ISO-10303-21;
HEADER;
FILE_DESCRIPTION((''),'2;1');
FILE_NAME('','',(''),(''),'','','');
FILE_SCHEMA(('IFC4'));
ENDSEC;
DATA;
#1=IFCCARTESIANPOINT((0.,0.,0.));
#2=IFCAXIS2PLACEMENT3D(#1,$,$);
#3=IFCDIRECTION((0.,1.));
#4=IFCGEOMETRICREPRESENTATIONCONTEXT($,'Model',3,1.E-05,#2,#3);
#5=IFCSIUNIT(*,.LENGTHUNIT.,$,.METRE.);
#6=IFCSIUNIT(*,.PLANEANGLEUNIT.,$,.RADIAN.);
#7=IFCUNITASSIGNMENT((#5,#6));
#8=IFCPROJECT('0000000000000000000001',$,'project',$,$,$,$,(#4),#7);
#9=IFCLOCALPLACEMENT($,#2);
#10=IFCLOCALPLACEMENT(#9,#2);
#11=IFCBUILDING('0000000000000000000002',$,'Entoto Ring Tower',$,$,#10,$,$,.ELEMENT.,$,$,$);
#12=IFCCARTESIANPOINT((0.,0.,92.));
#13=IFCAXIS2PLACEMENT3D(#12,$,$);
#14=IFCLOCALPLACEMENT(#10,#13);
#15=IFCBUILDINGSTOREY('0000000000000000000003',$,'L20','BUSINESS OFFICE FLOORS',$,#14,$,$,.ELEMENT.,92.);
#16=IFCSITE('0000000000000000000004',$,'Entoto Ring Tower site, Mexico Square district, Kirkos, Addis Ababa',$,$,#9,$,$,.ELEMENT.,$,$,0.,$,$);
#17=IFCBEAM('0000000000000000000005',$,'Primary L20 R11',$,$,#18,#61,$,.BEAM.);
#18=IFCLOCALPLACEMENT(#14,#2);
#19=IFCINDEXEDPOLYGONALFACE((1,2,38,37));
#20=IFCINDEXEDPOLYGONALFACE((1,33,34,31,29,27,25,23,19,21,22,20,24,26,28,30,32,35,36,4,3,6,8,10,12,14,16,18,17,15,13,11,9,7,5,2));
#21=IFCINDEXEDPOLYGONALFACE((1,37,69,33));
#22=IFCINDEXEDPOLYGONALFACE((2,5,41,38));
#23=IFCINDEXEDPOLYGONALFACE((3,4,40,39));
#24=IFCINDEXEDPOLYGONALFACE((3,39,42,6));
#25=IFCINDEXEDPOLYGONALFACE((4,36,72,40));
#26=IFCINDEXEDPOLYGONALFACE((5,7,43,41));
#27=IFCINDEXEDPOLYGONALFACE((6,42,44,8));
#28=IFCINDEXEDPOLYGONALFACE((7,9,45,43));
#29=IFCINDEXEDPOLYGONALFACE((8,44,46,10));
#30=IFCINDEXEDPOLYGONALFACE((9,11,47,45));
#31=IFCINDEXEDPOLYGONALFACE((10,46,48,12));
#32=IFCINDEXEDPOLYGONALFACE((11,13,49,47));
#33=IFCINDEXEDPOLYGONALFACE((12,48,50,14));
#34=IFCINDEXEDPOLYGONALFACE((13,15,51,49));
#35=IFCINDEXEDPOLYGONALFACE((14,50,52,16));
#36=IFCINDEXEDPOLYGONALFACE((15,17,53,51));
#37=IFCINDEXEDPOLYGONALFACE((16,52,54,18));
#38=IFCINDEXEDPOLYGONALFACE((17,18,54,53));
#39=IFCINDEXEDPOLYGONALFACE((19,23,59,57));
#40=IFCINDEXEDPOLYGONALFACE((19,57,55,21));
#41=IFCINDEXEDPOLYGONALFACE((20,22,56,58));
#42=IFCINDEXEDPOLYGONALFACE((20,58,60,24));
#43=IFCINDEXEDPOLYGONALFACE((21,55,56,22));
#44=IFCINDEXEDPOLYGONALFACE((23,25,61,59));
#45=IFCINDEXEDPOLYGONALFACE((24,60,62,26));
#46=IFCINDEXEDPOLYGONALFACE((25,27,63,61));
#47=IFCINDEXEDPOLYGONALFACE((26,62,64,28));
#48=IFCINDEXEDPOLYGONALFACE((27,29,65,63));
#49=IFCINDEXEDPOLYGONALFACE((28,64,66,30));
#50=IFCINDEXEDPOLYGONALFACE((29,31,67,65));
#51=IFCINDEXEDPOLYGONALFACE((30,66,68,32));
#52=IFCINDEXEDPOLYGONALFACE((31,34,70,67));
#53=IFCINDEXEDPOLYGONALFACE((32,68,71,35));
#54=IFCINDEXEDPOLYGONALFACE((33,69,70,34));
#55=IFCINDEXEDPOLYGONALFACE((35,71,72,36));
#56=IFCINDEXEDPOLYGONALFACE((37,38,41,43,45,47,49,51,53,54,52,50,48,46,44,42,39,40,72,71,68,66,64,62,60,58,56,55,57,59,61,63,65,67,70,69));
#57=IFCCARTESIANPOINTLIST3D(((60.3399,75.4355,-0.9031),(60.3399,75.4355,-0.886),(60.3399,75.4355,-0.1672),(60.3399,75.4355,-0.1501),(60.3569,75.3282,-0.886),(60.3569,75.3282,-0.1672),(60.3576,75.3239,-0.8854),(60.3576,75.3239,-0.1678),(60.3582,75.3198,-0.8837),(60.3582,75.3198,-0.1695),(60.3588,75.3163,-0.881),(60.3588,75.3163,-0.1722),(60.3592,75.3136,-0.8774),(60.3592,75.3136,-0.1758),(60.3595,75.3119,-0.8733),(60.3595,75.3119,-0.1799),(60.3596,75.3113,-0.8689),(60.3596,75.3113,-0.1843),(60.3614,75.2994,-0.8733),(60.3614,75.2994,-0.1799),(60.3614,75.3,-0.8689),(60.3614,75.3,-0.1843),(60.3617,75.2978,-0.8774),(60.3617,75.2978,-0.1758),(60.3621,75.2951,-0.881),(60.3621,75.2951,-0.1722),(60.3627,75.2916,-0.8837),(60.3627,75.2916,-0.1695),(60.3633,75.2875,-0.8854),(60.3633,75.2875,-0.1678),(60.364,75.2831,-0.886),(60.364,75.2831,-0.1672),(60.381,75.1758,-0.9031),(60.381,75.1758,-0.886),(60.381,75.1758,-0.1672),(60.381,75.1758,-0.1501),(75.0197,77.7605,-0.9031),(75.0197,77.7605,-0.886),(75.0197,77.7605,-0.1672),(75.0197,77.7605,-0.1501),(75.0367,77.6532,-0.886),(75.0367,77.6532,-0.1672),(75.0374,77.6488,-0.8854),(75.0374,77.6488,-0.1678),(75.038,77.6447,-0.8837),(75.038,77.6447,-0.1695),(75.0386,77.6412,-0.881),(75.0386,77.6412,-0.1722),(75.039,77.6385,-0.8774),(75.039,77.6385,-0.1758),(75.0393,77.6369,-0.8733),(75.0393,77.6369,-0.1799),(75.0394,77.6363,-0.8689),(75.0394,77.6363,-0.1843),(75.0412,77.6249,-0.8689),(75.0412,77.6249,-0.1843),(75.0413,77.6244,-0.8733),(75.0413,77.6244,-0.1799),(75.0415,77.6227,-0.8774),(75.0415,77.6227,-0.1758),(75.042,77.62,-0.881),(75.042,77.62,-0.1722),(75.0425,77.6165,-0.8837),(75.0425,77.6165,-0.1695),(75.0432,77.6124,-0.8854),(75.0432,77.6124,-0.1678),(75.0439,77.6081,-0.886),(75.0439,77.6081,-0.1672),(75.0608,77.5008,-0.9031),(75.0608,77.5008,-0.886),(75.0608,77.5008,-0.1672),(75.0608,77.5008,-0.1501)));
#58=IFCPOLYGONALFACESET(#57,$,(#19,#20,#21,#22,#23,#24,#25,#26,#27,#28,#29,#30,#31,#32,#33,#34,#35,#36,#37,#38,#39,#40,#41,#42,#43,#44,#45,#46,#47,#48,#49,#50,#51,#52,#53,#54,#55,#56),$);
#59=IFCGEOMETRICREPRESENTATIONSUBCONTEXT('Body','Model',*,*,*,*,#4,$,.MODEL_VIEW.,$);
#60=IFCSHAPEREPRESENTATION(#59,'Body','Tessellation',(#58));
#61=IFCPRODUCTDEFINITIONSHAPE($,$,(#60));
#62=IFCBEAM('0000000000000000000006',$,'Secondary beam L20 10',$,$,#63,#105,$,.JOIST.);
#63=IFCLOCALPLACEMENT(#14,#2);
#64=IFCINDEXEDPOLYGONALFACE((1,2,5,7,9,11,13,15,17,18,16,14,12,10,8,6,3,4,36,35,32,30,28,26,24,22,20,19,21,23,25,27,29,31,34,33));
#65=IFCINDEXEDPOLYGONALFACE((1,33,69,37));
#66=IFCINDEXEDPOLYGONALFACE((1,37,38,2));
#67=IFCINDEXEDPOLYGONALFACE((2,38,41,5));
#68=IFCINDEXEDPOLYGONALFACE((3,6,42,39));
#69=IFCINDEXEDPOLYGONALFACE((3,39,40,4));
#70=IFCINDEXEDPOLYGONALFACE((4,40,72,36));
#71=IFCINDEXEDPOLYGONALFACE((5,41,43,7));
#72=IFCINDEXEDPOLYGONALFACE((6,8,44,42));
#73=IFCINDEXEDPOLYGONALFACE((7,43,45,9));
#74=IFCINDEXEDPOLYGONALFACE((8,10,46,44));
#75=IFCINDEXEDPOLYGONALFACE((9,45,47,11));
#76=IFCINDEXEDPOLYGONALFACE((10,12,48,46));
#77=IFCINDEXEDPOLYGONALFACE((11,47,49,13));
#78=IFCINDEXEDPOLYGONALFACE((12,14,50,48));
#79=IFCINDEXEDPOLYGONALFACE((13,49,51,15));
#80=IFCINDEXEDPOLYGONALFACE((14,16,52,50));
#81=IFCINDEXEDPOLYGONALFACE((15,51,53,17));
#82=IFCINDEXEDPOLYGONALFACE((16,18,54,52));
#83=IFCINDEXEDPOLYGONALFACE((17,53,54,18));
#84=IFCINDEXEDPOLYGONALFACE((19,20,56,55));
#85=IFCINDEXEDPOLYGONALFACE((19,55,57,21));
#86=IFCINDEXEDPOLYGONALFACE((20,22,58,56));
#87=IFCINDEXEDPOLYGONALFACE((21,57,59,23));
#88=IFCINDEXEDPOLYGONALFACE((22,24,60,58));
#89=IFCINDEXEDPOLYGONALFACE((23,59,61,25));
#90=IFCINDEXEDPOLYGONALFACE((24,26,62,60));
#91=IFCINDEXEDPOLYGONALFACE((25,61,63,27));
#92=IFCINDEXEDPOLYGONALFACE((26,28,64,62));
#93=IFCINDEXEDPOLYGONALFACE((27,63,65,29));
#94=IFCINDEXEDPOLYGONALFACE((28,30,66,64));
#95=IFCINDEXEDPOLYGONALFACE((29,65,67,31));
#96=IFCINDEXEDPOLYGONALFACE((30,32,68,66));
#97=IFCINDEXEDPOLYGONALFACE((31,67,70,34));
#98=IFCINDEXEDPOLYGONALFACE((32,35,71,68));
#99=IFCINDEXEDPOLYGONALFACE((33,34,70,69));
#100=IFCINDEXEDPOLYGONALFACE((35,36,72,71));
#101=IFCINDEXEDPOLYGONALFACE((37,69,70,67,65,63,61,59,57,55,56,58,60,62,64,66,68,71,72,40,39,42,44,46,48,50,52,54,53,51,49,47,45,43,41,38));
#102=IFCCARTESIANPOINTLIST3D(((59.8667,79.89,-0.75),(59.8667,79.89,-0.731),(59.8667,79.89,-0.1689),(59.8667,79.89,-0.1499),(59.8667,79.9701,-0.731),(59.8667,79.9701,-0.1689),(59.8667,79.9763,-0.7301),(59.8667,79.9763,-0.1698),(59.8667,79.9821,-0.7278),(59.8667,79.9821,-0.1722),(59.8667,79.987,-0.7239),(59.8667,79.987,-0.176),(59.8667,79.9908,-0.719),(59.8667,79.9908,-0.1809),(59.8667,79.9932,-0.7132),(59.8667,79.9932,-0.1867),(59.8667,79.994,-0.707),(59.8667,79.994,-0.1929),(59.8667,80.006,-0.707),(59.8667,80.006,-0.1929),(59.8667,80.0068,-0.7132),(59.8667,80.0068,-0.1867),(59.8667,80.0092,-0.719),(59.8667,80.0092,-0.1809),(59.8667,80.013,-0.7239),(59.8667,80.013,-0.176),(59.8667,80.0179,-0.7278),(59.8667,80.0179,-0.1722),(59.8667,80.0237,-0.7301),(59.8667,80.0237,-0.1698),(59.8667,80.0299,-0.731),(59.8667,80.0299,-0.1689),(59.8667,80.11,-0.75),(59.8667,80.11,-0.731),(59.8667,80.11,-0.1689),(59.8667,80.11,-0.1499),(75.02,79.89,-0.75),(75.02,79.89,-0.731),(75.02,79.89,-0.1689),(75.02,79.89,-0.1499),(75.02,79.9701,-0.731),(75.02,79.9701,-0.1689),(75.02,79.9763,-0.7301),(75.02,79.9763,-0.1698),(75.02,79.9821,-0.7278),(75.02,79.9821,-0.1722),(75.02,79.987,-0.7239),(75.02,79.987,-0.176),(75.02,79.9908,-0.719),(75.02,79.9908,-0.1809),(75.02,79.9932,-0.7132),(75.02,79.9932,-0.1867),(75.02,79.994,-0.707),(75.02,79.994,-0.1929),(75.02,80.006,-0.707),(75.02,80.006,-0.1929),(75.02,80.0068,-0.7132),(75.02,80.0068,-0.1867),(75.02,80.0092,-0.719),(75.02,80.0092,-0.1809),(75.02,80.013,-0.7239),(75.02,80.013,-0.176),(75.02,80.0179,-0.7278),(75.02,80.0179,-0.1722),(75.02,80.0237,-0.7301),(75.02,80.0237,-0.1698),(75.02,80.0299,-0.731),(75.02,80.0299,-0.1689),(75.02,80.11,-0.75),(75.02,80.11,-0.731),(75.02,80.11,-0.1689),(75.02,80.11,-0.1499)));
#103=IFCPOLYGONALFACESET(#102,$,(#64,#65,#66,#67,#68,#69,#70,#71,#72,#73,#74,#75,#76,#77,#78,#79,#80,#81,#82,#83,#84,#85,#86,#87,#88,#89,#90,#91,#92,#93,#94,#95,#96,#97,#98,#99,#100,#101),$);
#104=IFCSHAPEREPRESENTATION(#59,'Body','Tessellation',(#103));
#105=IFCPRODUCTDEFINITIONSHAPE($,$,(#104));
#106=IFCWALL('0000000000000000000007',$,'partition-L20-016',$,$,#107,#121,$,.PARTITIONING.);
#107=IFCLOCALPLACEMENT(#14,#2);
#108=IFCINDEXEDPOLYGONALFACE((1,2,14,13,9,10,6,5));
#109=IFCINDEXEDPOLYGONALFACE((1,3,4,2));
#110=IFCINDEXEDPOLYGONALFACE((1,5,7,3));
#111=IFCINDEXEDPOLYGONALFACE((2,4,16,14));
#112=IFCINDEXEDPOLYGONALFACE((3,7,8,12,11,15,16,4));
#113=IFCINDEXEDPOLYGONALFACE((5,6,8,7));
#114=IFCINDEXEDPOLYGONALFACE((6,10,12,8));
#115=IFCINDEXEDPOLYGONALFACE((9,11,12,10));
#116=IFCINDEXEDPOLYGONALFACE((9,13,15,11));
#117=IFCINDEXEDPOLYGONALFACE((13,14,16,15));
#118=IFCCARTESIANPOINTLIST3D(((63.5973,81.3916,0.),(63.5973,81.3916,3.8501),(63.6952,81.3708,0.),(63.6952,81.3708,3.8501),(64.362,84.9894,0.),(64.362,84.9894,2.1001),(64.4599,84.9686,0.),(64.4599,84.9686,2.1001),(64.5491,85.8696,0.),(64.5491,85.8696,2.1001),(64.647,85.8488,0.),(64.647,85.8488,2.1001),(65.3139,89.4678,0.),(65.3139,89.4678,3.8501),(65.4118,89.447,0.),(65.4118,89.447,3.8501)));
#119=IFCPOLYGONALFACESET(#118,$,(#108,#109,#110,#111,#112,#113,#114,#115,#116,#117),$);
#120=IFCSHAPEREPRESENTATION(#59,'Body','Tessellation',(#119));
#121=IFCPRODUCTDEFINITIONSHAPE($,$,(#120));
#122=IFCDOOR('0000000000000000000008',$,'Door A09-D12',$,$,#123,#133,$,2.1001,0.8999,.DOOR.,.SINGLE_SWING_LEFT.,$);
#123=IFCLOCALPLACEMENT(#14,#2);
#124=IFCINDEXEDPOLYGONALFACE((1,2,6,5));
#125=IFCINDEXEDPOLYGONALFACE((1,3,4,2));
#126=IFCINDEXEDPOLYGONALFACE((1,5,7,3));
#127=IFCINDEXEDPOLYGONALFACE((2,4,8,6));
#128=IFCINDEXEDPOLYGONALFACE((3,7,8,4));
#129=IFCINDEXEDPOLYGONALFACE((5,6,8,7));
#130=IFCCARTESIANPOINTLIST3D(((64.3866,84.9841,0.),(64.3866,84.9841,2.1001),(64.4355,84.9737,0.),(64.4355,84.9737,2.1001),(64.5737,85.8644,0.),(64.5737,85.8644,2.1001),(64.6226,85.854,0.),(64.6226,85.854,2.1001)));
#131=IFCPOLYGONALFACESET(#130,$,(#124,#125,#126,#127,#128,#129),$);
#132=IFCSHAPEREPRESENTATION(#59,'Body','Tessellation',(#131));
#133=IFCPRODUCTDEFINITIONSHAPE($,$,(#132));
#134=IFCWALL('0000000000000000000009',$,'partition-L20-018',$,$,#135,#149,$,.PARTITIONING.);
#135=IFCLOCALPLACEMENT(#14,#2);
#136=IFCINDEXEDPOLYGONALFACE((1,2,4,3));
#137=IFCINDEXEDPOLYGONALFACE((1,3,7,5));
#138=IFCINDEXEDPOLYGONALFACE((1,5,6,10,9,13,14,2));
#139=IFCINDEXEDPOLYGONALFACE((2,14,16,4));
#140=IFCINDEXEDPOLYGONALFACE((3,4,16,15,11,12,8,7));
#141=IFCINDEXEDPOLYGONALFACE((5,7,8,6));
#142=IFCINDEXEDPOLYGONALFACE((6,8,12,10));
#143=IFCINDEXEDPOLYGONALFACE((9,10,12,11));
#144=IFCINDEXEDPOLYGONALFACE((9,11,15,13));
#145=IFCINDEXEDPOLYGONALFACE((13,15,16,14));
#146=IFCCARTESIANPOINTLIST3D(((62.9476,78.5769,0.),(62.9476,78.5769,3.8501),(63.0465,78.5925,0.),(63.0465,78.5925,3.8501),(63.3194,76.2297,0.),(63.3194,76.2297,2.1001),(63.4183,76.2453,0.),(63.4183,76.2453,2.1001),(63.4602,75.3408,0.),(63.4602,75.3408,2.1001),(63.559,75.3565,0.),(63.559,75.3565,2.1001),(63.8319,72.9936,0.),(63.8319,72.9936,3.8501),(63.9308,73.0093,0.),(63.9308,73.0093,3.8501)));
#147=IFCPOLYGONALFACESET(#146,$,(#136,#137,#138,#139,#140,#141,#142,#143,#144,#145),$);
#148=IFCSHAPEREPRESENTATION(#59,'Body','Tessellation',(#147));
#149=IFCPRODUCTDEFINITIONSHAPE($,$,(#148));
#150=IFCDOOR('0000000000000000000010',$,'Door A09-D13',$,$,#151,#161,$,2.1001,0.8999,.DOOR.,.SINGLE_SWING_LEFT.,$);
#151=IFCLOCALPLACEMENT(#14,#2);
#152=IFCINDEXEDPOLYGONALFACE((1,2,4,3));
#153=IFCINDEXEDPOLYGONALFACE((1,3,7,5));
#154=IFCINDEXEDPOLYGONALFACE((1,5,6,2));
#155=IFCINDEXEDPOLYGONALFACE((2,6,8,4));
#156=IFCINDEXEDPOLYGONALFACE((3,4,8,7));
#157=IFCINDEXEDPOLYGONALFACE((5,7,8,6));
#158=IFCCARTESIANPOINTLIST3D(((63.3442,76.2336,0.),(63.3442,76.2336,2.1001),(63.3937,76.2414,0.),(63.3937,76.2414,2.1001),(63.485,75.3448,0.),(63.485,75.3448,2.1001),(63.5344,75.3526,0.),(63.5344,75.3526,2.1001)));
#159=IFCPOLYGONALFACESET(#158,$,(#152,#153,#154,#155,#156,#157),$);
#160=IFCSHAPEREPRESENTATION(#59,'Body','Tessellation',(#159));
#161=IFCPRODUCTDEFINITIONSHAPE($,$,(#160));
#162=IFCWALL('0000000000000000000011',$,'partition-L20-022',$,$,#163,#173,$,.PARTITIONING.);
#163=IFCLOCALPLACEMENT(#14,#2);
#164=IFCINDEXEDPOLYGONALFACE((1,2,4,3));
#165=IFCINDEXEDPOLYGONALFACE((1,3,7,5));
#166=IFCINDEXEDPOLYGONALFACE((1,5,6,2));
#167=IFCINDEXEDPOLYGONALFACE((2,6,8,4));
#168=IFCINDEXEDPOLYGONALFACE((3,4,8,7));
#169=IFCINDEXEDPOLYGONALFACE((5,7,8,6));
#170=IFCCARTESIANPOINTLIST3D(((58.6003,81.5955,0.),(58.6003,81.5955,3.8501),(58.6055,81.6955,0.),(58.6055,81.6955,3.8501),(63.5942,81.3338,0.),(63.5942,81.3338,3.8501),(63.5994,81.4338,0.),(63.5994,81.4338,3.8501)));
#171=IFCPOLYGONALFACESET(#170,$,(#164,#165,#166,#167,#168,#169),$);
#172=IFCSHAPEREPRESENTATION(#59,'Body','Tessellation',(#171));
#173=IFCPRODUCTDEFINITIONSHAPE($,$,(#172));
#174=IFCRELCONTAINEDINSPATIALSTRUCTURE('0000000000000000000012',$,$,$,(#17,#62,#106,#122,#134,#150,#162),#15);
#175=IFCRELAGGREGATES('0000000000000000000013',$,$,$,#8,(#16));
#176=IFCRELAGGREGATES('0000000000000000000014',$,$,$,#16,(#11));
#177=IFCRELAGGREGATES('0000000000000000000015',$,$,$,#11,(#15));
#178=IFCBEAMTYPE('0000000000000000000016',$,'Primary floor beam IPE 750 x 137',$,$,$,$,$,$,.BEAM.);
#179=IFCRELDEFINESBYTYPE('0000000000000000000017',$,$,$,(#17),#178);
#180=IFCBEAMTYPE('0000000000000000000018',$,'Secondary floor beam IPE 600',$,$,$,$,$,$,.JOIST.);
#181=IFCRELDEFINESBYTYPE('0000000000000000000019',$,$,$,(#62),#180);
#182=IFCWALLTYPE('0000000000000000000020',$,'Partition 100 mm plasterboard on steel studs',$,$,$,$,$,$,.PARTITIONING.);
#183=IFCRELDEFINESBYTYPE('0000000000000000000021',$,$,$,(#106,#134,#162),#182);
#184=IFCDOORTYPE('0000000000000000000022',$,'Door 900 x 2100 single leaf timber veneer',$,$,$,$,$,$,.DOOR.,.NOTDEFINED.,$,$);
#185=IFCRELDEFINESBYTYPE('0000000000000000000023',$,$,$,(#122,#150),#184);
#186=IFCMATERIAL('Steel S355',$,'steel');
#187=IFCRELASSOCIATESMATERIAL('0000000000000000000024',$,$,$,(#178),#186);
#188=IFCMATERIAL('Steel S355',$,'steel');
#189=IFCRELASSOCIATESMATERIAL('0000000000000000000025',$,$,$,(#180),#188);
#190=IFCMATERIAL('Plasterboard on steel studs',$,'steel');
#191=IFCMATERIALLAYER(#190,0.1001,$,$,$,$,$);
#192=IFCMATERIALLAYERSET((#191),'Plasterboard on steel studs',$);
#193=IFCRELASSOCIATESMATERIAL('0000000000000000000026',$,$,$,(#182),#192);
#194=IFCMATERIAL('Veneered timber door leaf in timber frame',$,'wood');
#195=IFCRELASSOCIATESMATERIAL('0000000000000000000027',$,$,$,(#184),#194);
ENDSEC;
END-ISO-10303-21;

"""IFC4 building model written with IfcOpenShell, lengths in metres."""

from ifc_helpers import new_model, si_unit, direction, frame, frame_2d, origin, origin_2d, place, context, subcontext, project, spatial, rectangle, i_section, extrude, material, layer, layer_set, material_profile, profile_set, type_object, element, fill, save


model = new_model("IFC4")

# Units and contexts
model_context = context("Model", 3, precision=1e-05, world=origin(), true_north=direction((0.0, 1.0)))
body_context = subcontext(model_context, "Body", "Model", "MODEL_VIEW")
ifc_project = project(units=[si_unit("LENGTHUNIT", "METRE"), si_unit("PLANEANGLEUNIT", "RADIAN")], contexts=[model_context])

# Site, building, storey
site_placement = place(None, origin())
site = spatial("IfcSite", under=ifc_project, at=site_placement, Name="Entoto Ring Tower site, Mexico Square district, Kirkos, Addis Ababa", CompositionType="ELEMENT", RefElevation=0.0)
building_placement = place(site_placement, origin())
building = spatial("IfcBuilding", under=site, at=building_placement, Name="Entoto Ring Tower", CompositionType="ELEMENT")
storey_placement = place(building_placement, frame((0.0, 0.0, 92.0)))
storey = spatial("IfcBuildingStorey", under=building, at=storey_placement, Name="L20", Description="BUSINESS OFFICE FLOORS", CompositionType="ELEMENT", Elevation=92.0)

# Beams
ifc_material_1 = material(Name="Steel S355", Category="steel")
ifc_material_profile_1 = material_profile(ifc_material_1, i_section(OverallWidth=0.2629, OverallDepth=0.7529, WebThickness=0.0115, FlangeThickness=0.0171, FilletRadius=0.0171, at=origin_2d()), Name="IPE 750 x 137")
ifc_profile_set_1 = profile_set([ifc_material_profile_1], Name="Steel S355")
beam_type_1 = type_object("IfcBeamType", Name="Primary floor beam IPE 750 x 137", PredefinedType="BEAM", material=ifc_profile_set_1)
beam_1_placement = place(storey_placement, frame((75.0403, 77.6306, -0.5266), z_axis=(-0.98769, -0.156426, 0.0), x_axis=(0.156426, -0.98769, 0.0)))
element("IfcBeam", 1, at=beam_1_placement, inside=storey, type_object=beam_type_1, Name="Primary L20 R11", PredefinedType="BEAM", context=body_context, shape_type="SweptSolid", body=[
    extrude(i_section(OverallWidth=0.2629, OverallDepth=0.7529, WebThickness=0.0115, FlangeThickness=0.0171, FilletRadius=0.0171, at=origin_2d()), origin(), (0.0, 0.0, 1.0), 14.8628),
])
ifc_material_2 = material(Name="Steel S355", Category="steel")
ifc_material_profile_2 = material_profile(ifc_material_2, i_section(OverallWidth=0.22, OverallDepth=0.6001, WebThickness=0.012, FlangeThickness=0.019, FilletRadius=0.0239, at=origin_2d()), Name="IPE 600")
ifc_profile_set_2 = profile_set([ifc_material_profile_2], Name="Steel S355")
beam_type_2 = type_object("IfcBeamType", Name="Secondary floor beam IPE 600", PredefinedType="JOIST", material=ifc_profile_set_2)
beam_2_placement = place(storey_placement, frame((75.02, 80.0, -0.45), z_axis=(-1.0, 0.0, 0.0), x_axis=(0.0, -1.0, 0.0)))
element("IfcBeam", 2, at=beam_2_placement, inside=storey, type_object=beam_type_2, Name="Secondary beam L20 10", PredefinedType="JOIST", context=body_context, shape_type="SweptSolid", body=[
    extrude(i_section(OverallWidth=0.22, OverallDepth=0.6001, WebThickness=0.012, FlangeThickness=0.019, FilletRadius=0.0239, at=origin_2d()), origin(), (0.0, 0.0, 1.0), 15.1533),
])

# Walls, openings, doors
ifc_material_3 = material(Name="Plasterboard on steel studs", Category="steel")
ifc_layer = layer(ifc_material_3, 0.1001)
ifc_layer_set = layer_set([ifc_layer], Name="Plasterboard on steel studs")
wall_type = type_object("IfcWallType", Name="Partition 100 mm plasterboard on steel studs", PredefinedType="PARTITIONING", material=ifc_layer_set)
wall_1_placement = place(storey_placement, frame((63.6462, 81.3811, 0.0), z_axis=(0.0, 0.0, 1.0), x_axis=(0.207901, 0.97815, 0.0)))
wall_1 = element("IfcWall", 3, at=wall_1_placement, inside=storey, type_object=wall_type, Name="partition-L20-016", PredefinedType="PARTITIONING", context=body_context, shape_type="SweptSolid", body=[
    extrude(rectangle(XDim=8.2566, YDim=0.1001, at=frame_2d((4.1284, 0.0))), origin(), (0.0, 0.0, 1.0), 3.8501),
])
opening_1_placement = place(wall_1_placement, frame((3.6782, 0.0, 0.0)))
opening_1 = element("IfcOpeningElement", 4, at=opening_1_placement, cuts=wall_1, PredefinedType="OPENING", context=body_context, shape_type="SweptSolid", body=[
    extrude(rectangle(XDim=0.8999, YDim=2.1001, at=frame_2d((0.45, 1.05))), frame((0.0, 0.0601, 0.0), z_axis=(0.0, -1.0, 0.0), x_axis=(1.0, 0.0, 0.0)), (0.0, 0.0, 1.0), 0.1201),
])
ifc_material_4 = material(Name="Veneered timber door leaf in timber frame", Category="wood")
door_type = type_object("IfcDoorType", Name="Door 900 x 2100 single leaf timber veneer", OperationType="NOTDEFINED", PredefinedType="DOOR", material=ifc_material_4)
door_1_placement = place(opening_1_placement, origin())
door_1 = element("IfcDoor", 5, at=door_1_placement, inside=storey, type_object=door_type, Name="Door A09-D12", OperationType="SINGLE_SWING_LEFT", OverallHeight=2.1001, OverallWidth=0.8999, PredefinedType="DOOR", context=body_context, shape_type="SweptSolid", body=[
    extrude(rectangle(XDim=0.8999, YDim=2.1001, at=frame_2d((0.45, 1.05))), frame((0.0, 0.0249, 0.0), z_axis=(0.0, -1.0, 0.0), x_axis=(1.0, 0.0, 0.0)), (0.0, 0.0, 1.0), 0.05),
])
fill(opening_1, door_1)
wall_2_placement = place(storey_placement, frame((63.8813, 73.0015, 0.0), z_axis=(0.0, 0.0, 1.0), x_axis=(-0.156431, 0.987689, 0.0)))
wall_2 = element("IfcWall", 6, at=wall_2_placement, inside=storey, type_object=wall_type, Name="partition-L20-018", PredefinedType="PARTITIONING", context=body_context, shape_type="SweptSolid", body=[
    extrude(rectangle(XDim=5.6528, YDim=0.1001, at=frame_2d((2.8264, 0.0))), origin(), (0.0, 0.0, 1.0), 3.8501),
])
opening_2_placement = place(wall_2_placement, frame((2.3765, 0.0, 0.0)))
opening_2 = element("IfcOpeningElement", 7, at=opening_2_placement, cuts=wall_2, PredefinedType="OPENING", context=body_context, shape_type="SweptSolid", body=[
    extrude(rectangle(XDim=0.8999, YDim=2.1001, at=frame_2d((0.45, 1.05))), frame((0.0, 0.0601, 0.0), z_axis=(0.0, -1.0, 0.0), x_axis=(1.0, 0.0, 0.0)), (0.0, 0.0, 1.0), 0.1201),
])
door_2_placement = place(opening_2_placement, origin())
door_2 = element("IfcDoor", 8, at=door_2_placement, inside=storey, type_object=door_type, Name="Door A09-D13", OperationType="SINGLE_SWING_LEFT", OverallHeight=2.1001, OverallWidth=0.8999, PredefinedType="DOOR", context=body_context, shape_type="SweptSolid", body=[
    extrude(rectangle(XDim=0.8999, YDim=2.1001, at=frame_2d((0.45, 1.05))), frame((0.0, 0.0249, 0.0), z_axis=(0.0, -1.0, 0.0), x_axis=(1.0, 0.0, 0.0)), (0.0, 0.0, 1.0), 0.05),
])
fill(opening_2, door_2)

# Wall
wall_3_placement = place(storey_placement, frame((63.5969, 81.3838, 0.0), z_axis=(0.0, 0.0, 1.0), x_axis=(-0.99863, 0.052336, 0.0)))
element("IfcWall", 9, at=wall_3_placement, inside=storey, type_object=wall_type, Name="partition-L20-022", PredefinedType="PARTITIONING", context=body_context, shape_type="SweptSolid", body=[
    extrude(rectangle(XDim=5.0007, YDim=0.1001, at=frame_2d((2.5005, 0.0))), origin(), (0.0, 0.0, 1.0), 3.8501),
])

save(model, "model.ifc")
